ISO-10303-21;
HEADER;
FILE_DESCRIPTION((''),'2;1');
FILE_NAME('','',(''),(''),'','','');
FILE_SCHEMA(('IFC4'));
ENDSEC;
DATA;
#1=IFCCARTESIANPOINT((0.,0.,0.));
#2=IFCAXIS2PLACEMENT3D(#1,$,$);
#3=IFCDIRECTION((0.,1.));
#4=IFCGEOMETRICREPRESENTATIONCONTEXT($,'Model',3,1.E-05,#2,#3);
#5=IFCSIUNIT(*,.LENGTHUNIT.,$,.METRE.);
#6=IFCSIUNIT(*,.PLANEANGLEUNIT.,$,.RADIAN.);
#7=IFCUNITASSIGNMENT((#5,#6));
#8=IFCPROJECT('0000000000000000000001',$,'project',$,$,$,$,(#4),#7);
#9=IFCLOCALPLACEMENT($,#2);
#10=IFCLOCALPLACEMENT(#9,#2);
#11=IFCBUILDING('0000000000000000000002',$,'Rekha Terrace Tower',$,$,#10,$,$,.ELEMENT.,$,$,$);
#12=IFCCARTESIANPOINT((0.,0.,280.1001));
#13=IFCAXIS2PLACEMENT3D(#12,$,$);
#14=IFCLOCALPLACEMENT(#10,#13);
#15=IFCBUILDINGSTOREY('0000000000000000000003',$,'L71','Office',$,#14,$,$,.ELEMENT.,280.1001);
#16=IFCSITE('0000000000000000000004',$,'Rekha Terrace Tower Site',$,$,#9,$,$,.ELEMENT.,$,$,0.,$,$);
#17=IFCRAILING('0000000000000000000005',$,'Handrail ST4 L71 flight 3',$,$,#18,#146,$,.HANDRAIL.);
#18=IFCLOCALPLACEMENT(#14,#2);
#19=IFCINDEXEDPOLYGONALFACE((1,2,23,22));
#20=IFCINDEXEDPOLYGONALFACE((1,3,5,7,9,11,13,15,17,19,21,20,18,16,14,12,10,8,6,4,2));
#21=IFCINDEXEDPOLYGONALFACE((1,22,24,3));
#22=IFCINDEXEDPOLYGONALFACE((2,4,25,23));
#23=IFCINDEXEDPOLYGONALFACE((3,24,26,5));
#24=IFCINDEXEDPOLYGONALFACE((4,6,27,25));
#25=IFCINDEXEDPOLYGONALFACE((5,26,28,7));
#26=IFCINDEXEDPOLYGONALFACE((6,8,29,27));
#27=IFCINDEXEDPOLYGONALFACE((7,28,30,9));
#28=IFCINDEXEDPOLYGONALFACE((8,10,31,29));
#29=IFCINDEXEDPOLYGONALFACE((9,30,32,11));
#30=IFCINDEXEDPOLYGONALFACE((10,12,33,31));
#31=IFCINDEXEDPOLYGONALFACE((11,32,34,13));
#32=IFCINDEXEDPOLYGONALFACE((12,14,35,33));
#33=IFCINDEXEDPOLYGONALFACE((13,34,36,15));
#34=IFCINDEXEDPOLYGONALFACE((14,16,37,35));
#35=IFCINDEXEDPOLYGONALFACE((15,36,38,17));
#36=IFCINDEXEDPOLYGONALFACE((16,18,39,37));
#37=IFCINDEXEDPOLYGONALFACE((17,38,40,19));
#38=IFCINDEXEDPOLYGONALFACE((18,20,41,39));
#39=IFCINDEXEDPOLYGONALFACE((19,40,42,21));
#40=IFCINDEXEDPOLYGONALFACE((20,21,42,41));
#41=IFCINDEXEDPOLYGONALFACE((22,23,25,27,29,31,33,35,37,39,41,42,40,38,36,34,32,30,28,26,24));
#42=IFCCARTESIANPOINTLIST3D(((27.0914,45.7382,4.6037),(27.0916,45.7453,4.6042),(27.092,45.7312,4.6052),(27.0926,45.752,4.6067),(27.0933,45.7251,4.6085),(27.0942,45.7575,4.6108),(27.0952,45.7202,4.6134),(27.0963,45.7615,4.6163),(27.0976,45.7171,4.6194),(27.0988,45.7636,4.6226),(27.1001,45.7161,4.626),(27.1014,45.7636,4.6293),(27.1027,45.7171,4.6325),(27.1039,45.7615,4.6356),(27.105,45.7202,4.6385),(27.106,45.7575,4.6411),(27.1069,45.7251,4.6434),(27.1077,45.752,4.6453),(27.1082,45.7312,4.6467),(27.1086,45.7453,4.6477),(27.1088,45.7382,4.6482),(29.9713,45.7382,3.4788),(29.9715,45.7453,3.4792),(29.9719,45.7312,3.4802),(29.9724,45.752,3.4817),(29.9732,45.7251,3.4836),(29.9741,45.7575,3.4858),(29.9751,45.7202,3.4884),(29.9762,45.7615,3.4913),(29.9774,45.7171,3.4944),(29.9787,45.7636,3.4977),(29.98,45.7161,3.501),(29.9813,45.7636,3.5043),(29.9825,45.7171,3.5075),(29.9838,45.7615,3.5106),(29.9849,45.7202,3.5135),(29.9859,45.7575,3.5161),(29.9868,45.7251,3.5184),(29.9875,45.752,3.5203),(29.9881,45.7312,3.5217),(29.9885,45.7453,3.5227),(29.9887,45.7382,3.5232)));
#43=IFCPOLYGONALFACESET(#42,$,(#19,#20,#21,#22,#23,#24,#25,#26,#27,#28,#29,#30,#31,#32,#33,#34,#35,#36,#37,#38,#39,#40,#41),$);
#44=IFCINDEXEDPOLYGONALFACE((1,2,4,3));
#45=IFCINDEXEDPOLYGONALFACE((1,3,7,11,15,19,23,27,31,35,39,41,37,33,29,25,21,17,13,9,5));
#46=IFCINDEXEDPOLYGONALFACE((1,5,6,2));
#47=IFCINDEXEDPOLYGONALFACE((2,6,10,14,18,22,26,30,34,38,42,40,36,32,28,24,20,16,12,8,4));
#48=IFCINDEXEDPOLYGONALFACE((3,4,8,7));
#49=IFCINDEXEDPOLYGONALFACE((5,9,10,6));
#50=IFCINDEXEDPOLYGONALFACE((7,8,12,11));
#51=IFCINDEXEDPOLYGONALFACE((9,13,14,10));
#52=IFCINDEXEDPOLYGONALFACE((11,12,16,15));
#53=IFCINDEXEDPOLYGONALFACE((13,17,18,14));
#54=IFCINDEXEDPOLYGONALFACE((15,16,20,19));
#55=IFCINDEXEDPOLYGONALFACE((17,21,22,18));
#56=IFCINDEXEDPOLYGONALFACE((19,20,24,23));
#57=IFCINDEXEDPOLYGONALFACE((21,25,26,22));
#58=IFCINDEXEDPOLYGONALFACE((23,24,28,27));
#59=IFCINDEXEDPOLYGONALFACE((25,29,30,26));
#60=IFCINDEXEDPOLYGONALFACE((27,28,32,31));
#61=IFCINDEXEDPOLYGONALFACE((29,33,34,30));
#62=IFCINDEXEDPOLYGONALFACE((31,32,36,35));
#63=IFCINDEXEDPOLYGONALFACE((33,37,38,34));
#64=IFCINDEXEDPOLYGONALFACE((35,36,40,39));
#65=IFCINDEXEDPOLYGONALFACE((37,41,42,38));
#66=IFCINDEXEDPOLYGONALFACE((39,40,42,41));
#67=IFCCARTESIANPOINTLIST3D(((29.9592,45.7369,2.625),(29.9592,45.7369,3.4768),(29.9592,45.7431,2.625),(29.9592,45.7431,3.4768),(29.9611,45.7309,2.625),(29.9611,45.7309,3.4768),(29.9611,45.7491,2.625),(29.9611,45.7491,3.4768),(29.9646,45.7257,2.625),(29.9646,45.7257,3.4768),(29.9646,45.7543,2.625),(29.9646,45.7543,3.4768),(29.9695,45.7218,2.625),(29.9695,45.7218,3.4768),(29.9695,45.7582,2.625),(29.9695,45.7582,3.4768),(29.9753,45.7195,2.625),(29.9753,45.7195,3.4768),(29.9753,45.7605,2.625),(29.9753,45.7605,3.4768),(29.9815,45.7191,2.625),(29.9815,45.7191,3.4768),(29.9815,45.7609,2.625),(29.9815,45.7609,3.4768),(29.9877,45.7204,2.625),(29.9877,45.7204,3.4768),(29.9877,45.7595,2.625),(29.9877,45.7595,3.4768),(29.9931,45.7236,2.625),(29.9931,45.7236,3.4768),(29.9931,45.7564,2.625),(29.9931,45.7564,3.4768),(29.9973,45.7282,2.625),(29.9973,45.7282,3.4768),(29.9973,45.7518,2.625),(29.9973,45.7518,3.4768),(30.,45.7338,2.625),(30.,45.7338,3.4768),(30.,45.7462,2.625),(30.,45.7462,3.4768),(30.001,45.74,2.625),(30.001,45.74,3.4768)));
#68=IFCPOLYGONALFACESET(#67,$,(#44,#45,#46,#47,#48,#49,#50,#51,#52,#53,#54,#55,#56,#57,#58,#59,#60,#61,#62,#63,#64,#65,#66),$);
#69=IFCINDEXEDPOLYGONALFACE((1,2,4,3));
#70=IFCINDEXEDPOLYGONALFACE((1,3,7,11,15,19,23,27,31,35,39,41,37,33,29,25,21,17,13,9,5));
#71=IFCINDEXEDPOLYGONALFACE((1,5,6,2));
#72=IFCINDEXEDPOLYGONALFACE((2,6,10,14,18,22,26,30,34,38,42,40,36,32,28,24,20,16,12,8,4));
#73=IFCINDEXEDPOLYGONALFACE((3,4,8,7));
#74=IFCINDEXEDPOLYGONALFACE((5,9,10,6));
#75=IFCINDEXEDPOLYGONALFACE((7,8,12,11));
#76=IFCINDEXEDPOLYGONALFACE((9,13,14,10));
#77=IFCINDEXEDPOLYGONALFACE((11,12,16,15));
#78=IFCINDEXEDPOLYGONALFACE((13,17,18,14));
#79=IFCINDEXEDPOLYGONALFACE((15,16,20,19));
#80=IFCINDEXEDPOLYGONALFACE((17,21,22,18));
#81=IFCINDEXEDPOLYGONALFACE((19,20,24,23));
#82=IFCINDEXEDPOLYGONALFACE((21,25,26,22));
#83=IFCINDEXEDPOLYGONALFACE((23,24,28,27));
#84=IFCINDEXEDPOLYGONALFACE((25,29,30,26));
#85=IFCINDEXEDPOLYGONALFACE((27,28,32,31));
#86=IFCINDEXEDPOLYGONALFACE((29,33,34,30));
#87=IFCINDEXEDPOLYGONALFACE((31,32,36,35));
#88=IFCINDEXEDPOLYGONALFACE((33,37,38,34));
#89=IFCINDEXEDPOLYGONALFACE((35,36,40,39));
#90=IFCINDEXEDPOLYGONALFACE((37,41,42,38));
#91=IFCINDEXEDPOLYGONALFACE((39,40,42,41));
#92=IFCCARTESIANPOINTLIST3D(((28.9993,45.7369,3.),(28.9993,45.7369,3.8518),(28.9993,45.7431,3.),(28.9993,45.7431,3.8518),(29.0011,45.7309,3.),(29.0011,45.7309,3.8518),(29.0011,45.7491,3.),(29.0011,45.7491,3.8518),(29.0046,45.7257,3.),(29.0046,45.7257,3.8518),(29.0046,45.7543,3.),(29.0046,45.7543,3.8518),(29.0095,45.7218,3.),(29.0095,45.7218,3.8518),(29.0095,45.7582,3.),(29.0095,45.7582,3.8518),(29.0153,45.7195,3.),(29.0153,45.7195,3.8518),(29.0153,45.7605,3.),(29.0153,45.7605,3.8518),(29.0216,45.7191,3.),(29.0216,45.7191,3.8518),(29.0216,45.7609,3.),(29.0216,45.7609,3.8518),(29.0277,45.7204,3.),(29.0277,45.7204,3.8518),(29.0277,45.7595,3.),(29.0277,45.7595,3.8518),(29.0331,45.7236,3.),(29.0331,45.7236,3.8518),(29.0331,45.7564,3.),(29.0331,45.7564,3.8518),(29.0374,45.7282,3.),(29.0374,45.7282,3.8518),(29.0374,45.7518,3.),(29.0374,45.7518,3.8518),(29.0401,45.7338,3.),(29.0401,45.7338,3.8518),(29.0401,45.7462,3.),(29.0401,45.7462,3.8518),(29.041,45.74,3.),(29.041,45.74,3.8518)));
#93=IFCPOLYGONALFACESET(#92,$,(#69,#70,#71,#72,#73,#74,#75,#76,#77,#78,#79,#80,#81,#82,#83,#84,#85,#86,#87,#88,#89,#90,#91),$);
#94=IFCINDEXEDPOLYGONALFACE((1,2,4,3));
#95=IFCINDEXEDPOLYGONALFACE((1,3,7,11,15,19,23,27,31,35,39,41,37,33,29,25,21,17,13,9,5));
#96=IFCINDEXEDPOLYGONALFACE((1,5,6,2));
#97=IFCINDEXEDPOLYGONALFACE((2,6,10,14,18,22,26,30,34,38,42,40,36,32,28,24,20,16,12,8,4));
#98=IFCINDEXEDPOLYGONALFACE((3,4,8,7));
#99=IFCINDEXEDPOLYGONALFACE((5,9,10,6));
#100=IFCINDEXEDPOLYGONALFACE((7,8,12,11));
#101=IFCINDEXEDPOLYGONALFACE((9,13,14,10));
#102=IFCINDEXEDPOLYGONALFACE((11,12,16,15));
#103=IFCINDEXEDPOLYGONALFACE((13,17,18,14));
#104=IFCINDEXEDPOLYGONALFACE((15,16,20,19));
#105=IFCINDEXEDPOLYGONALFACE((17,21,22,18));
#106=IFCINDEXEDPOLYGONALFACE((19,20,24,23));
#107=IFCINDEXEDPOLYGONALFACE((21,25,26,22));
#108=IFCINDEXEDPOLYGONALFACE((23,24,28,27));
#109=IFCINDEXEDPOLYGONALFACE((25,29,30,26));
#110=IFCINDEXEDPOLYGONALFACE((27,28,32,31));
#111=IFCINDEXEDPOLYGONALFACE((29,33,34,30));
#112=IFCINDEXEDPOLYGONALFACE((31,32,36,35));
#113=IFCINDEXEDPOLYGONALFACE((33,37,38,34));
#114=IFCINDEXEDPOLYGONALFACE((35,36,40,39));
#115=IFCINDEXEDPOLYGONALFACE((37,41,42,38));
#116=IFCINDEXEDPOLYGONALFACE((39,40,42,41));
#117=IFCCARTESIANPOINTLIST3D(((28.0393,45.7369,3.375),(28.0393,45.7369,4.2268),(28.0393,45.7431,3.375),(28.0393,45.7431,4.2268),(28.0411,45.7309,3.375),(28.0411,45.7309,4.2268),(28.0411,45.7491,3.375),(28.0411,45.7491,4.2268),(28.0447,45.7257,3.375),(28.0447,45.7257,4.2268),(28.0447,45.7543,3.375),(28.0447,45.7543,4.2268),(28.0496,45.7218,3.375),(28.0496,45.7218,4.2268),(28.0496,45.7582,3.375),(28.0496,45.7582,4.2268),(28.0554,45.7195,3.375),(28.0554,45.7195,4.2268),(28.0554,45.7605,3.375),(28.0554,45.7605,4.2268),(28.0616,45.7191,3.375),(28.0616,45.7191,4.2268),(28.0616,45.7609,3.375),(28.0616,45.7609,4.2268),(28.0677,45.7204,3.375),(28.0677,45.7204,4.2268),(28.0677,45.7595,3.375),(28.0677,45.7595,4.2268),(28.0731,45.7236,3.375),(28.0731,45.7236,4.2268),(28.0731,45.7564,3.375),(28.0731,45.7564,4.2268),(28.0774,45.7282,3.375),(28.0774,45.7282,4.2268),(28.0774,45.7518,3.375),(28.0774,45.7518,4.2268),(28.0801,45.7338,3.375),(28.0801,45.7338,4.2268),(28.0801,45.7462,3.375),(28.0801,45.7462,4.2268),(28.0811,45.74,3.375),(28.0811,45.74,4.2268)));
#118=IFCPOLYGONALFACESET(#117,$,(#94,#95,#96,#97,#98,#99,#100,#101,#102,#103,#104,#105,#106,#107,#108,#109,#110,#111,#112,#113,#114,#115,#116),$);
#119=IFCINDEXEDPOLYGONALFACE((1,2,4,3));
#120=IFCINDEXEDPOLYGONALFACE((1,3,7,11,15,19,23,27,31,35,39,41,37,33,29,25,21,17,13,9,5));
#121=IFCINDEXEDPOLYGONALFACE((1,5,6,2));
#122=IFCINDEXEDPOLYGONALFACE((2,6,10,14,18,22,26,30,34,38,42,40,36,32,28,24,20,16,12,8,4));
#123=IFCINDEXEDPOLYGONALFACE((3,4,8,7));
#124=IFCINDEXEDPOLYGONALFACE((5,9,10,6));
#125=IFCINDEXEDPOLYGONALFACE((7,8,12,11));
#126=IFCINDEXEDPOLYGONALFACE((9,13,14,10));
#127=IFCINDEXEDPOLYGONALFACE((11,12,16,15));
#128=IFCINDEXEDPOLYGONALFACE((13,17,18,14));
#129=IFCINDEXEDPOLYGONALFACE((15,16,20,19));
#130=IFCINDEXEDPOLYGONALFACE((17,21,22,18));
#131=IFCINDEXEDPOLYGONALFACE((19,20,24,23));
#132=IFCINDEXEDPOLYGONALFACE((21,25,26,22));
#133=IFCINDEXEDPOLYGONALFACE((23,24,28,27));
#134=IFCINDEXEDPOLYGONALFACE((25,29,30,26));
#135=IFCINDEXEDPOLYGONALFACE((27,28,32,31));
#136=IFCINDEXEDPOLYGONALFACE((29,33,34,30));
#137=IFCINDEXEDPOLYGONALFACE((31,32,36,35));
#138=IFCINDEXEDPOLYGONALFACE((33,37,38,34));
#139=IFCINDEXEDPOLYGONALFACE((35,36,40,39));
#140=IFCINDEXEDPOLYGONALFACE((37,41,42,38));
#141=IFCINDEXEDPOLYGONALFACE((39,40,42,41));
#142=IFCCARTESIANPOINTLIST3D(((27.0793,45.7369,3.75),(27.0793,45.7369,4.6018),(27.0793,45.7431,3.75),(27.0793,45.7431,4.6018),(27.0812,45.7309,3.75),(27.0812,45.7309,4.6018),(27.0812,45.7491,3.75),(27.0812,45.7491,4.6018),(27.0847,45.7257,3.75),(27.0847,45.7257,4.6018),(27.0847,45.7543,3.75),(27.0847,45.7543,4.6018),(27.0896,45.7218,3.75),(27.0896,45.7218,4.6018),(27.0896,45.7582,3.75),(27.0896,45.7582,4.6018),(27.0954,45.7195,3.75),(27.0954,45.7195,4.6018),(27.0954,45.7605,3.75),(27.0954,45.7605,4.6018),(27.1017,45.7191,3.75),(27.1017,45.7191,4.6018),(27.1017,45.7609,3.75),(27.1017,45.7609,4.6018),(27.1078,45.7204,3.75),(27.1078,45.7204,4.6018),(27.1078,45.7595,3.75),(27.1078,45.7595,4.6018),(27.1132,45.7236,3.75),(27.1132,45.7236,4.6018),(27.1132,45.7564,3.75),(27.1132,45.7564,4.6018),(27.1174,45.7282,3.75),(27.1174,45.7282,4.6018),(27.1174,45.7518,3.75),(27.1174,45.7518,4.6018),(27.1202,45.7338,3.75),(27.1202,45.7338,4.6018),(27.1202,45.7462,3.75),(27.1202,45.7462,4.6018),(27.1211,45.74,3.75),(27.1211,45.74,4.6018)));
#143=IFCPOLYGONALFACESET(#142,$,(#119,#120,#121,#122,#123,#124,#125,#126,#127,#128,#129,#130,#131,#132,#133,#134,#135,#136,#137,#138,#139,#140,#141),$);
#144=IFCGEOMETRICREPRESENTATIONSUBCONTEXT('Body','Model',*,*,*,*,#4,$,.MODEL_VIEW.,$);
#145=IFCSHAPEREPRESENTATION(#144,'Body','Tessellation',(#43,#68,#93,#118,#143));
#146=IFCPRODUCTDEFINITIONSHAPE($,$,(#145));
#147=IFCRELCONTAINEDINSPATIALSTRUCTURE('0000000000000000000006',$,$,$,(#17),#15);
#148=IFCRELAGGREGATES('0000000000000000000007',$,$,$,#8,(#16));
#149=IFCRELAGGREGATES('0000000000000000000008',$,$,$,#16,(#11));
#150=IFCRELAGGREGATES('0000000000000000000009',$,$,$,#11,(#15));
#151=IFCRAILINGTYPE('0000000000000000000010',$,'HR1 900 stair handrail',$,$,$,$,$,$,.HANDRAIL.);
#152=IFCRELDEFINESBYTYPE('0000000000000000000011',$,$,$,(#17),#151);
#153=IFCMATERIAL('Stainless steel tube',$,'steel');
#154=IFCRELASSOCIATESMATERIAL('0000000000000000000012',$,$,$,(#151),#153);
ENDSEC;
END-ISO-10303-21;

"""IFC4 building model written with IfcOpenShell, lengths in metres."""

from ifc_helpers import new_model, si_unit, direction, frame, origin, origin_2d, place, context, subcontext, project, spatial, circle, extrude, material, type_object, element, save


model = new_model("IFC4")

# Units and contexts
model_context = context("Model", 3, precision=1e-05, world=origin(), true_north=direction((0.0, 1.0)))
body_context = subcontext(model_context, "Body", "Model", "MODEL_VIEW")
ifc_project = project(units=[si_unit("LENGTHUNIT", "METRE"), si_unit("PLANEANGLEUNIT", "RADIAN")], contexts=[model_context])

# Site, building, storey
site_placement = place(None, origin())
site = spatial("IfcSite", under=ifc_project, at=site_placement, Name="Rekha Terrace Tower Site", CompositionType="ELEMENT", RefElevation=0.0)
building_placement = place(site_placement, origin())
building = spatial("IfcBuilding", under=site, at=building_placement, Name="Rekha Terrace Tower", CompositionType="ELEMENT")
storey_placement = place(building_placement, frame((0.0, 0.0, 280.1001)))
storey = spatial("IfcBuildingStorey", under=building, at=storey_placement, Name="L71", Description="Office", CompositionType="ELEMENT", Elevation=280.1001)

# Railing
ifc_material_1 = material(Name="Stainless steel tube", Category="steel")
railing_type_1 = type_object("IfcRailingType", Name="HR1 900 stair handrail", PredefinedType="HANDRAIL", material=ifc_material_1)
railing_1_placement = place(storey_placement, frame((29.98, 45.74, 2.625)))
element("IfcRailing", 1, at=railing_1_placement, inside=storey, type_object=railing_type_1, Name="Handrail ST4 L71 flight 3", PredefinedType="HANDRAIL", context=body_context, shape_type="SweptSolid", body=[
    extrude(circle(Radius=0.0239, at=origin_2d()), frame((0.0, 0.0, 0.876), z_axis=(-0.931452, 0.0, 0.363863), x_axis=(0.0, -1.0, 0.0)), (0.0, 0.0, 1.0), 3.0918),
    extrude(circle(Radius=0.021, at=origin_2d()), origin(), (0.0, 0.0, 1.0), 0.8518),
    extrude(circle(Radius=0.021, at=origin_2d()), frame((-0.96, 0.0, 0.375)), (0.0, 0.0, 1.0), 0.8518),
    extrude(circle(Radius=0.021, at=origin_2d()), frame((-1.9199, 0.0, 0.75)), (0.0, 0.0, 1.0), 0.8518),
    extrude(circle(Radius=0.021, at=origin_2d()), frame((-2.8799, 0.0, 1.125)), (0.0, 0.0, 1.0), 0.8518),
])

save(model, "model.ifc")
